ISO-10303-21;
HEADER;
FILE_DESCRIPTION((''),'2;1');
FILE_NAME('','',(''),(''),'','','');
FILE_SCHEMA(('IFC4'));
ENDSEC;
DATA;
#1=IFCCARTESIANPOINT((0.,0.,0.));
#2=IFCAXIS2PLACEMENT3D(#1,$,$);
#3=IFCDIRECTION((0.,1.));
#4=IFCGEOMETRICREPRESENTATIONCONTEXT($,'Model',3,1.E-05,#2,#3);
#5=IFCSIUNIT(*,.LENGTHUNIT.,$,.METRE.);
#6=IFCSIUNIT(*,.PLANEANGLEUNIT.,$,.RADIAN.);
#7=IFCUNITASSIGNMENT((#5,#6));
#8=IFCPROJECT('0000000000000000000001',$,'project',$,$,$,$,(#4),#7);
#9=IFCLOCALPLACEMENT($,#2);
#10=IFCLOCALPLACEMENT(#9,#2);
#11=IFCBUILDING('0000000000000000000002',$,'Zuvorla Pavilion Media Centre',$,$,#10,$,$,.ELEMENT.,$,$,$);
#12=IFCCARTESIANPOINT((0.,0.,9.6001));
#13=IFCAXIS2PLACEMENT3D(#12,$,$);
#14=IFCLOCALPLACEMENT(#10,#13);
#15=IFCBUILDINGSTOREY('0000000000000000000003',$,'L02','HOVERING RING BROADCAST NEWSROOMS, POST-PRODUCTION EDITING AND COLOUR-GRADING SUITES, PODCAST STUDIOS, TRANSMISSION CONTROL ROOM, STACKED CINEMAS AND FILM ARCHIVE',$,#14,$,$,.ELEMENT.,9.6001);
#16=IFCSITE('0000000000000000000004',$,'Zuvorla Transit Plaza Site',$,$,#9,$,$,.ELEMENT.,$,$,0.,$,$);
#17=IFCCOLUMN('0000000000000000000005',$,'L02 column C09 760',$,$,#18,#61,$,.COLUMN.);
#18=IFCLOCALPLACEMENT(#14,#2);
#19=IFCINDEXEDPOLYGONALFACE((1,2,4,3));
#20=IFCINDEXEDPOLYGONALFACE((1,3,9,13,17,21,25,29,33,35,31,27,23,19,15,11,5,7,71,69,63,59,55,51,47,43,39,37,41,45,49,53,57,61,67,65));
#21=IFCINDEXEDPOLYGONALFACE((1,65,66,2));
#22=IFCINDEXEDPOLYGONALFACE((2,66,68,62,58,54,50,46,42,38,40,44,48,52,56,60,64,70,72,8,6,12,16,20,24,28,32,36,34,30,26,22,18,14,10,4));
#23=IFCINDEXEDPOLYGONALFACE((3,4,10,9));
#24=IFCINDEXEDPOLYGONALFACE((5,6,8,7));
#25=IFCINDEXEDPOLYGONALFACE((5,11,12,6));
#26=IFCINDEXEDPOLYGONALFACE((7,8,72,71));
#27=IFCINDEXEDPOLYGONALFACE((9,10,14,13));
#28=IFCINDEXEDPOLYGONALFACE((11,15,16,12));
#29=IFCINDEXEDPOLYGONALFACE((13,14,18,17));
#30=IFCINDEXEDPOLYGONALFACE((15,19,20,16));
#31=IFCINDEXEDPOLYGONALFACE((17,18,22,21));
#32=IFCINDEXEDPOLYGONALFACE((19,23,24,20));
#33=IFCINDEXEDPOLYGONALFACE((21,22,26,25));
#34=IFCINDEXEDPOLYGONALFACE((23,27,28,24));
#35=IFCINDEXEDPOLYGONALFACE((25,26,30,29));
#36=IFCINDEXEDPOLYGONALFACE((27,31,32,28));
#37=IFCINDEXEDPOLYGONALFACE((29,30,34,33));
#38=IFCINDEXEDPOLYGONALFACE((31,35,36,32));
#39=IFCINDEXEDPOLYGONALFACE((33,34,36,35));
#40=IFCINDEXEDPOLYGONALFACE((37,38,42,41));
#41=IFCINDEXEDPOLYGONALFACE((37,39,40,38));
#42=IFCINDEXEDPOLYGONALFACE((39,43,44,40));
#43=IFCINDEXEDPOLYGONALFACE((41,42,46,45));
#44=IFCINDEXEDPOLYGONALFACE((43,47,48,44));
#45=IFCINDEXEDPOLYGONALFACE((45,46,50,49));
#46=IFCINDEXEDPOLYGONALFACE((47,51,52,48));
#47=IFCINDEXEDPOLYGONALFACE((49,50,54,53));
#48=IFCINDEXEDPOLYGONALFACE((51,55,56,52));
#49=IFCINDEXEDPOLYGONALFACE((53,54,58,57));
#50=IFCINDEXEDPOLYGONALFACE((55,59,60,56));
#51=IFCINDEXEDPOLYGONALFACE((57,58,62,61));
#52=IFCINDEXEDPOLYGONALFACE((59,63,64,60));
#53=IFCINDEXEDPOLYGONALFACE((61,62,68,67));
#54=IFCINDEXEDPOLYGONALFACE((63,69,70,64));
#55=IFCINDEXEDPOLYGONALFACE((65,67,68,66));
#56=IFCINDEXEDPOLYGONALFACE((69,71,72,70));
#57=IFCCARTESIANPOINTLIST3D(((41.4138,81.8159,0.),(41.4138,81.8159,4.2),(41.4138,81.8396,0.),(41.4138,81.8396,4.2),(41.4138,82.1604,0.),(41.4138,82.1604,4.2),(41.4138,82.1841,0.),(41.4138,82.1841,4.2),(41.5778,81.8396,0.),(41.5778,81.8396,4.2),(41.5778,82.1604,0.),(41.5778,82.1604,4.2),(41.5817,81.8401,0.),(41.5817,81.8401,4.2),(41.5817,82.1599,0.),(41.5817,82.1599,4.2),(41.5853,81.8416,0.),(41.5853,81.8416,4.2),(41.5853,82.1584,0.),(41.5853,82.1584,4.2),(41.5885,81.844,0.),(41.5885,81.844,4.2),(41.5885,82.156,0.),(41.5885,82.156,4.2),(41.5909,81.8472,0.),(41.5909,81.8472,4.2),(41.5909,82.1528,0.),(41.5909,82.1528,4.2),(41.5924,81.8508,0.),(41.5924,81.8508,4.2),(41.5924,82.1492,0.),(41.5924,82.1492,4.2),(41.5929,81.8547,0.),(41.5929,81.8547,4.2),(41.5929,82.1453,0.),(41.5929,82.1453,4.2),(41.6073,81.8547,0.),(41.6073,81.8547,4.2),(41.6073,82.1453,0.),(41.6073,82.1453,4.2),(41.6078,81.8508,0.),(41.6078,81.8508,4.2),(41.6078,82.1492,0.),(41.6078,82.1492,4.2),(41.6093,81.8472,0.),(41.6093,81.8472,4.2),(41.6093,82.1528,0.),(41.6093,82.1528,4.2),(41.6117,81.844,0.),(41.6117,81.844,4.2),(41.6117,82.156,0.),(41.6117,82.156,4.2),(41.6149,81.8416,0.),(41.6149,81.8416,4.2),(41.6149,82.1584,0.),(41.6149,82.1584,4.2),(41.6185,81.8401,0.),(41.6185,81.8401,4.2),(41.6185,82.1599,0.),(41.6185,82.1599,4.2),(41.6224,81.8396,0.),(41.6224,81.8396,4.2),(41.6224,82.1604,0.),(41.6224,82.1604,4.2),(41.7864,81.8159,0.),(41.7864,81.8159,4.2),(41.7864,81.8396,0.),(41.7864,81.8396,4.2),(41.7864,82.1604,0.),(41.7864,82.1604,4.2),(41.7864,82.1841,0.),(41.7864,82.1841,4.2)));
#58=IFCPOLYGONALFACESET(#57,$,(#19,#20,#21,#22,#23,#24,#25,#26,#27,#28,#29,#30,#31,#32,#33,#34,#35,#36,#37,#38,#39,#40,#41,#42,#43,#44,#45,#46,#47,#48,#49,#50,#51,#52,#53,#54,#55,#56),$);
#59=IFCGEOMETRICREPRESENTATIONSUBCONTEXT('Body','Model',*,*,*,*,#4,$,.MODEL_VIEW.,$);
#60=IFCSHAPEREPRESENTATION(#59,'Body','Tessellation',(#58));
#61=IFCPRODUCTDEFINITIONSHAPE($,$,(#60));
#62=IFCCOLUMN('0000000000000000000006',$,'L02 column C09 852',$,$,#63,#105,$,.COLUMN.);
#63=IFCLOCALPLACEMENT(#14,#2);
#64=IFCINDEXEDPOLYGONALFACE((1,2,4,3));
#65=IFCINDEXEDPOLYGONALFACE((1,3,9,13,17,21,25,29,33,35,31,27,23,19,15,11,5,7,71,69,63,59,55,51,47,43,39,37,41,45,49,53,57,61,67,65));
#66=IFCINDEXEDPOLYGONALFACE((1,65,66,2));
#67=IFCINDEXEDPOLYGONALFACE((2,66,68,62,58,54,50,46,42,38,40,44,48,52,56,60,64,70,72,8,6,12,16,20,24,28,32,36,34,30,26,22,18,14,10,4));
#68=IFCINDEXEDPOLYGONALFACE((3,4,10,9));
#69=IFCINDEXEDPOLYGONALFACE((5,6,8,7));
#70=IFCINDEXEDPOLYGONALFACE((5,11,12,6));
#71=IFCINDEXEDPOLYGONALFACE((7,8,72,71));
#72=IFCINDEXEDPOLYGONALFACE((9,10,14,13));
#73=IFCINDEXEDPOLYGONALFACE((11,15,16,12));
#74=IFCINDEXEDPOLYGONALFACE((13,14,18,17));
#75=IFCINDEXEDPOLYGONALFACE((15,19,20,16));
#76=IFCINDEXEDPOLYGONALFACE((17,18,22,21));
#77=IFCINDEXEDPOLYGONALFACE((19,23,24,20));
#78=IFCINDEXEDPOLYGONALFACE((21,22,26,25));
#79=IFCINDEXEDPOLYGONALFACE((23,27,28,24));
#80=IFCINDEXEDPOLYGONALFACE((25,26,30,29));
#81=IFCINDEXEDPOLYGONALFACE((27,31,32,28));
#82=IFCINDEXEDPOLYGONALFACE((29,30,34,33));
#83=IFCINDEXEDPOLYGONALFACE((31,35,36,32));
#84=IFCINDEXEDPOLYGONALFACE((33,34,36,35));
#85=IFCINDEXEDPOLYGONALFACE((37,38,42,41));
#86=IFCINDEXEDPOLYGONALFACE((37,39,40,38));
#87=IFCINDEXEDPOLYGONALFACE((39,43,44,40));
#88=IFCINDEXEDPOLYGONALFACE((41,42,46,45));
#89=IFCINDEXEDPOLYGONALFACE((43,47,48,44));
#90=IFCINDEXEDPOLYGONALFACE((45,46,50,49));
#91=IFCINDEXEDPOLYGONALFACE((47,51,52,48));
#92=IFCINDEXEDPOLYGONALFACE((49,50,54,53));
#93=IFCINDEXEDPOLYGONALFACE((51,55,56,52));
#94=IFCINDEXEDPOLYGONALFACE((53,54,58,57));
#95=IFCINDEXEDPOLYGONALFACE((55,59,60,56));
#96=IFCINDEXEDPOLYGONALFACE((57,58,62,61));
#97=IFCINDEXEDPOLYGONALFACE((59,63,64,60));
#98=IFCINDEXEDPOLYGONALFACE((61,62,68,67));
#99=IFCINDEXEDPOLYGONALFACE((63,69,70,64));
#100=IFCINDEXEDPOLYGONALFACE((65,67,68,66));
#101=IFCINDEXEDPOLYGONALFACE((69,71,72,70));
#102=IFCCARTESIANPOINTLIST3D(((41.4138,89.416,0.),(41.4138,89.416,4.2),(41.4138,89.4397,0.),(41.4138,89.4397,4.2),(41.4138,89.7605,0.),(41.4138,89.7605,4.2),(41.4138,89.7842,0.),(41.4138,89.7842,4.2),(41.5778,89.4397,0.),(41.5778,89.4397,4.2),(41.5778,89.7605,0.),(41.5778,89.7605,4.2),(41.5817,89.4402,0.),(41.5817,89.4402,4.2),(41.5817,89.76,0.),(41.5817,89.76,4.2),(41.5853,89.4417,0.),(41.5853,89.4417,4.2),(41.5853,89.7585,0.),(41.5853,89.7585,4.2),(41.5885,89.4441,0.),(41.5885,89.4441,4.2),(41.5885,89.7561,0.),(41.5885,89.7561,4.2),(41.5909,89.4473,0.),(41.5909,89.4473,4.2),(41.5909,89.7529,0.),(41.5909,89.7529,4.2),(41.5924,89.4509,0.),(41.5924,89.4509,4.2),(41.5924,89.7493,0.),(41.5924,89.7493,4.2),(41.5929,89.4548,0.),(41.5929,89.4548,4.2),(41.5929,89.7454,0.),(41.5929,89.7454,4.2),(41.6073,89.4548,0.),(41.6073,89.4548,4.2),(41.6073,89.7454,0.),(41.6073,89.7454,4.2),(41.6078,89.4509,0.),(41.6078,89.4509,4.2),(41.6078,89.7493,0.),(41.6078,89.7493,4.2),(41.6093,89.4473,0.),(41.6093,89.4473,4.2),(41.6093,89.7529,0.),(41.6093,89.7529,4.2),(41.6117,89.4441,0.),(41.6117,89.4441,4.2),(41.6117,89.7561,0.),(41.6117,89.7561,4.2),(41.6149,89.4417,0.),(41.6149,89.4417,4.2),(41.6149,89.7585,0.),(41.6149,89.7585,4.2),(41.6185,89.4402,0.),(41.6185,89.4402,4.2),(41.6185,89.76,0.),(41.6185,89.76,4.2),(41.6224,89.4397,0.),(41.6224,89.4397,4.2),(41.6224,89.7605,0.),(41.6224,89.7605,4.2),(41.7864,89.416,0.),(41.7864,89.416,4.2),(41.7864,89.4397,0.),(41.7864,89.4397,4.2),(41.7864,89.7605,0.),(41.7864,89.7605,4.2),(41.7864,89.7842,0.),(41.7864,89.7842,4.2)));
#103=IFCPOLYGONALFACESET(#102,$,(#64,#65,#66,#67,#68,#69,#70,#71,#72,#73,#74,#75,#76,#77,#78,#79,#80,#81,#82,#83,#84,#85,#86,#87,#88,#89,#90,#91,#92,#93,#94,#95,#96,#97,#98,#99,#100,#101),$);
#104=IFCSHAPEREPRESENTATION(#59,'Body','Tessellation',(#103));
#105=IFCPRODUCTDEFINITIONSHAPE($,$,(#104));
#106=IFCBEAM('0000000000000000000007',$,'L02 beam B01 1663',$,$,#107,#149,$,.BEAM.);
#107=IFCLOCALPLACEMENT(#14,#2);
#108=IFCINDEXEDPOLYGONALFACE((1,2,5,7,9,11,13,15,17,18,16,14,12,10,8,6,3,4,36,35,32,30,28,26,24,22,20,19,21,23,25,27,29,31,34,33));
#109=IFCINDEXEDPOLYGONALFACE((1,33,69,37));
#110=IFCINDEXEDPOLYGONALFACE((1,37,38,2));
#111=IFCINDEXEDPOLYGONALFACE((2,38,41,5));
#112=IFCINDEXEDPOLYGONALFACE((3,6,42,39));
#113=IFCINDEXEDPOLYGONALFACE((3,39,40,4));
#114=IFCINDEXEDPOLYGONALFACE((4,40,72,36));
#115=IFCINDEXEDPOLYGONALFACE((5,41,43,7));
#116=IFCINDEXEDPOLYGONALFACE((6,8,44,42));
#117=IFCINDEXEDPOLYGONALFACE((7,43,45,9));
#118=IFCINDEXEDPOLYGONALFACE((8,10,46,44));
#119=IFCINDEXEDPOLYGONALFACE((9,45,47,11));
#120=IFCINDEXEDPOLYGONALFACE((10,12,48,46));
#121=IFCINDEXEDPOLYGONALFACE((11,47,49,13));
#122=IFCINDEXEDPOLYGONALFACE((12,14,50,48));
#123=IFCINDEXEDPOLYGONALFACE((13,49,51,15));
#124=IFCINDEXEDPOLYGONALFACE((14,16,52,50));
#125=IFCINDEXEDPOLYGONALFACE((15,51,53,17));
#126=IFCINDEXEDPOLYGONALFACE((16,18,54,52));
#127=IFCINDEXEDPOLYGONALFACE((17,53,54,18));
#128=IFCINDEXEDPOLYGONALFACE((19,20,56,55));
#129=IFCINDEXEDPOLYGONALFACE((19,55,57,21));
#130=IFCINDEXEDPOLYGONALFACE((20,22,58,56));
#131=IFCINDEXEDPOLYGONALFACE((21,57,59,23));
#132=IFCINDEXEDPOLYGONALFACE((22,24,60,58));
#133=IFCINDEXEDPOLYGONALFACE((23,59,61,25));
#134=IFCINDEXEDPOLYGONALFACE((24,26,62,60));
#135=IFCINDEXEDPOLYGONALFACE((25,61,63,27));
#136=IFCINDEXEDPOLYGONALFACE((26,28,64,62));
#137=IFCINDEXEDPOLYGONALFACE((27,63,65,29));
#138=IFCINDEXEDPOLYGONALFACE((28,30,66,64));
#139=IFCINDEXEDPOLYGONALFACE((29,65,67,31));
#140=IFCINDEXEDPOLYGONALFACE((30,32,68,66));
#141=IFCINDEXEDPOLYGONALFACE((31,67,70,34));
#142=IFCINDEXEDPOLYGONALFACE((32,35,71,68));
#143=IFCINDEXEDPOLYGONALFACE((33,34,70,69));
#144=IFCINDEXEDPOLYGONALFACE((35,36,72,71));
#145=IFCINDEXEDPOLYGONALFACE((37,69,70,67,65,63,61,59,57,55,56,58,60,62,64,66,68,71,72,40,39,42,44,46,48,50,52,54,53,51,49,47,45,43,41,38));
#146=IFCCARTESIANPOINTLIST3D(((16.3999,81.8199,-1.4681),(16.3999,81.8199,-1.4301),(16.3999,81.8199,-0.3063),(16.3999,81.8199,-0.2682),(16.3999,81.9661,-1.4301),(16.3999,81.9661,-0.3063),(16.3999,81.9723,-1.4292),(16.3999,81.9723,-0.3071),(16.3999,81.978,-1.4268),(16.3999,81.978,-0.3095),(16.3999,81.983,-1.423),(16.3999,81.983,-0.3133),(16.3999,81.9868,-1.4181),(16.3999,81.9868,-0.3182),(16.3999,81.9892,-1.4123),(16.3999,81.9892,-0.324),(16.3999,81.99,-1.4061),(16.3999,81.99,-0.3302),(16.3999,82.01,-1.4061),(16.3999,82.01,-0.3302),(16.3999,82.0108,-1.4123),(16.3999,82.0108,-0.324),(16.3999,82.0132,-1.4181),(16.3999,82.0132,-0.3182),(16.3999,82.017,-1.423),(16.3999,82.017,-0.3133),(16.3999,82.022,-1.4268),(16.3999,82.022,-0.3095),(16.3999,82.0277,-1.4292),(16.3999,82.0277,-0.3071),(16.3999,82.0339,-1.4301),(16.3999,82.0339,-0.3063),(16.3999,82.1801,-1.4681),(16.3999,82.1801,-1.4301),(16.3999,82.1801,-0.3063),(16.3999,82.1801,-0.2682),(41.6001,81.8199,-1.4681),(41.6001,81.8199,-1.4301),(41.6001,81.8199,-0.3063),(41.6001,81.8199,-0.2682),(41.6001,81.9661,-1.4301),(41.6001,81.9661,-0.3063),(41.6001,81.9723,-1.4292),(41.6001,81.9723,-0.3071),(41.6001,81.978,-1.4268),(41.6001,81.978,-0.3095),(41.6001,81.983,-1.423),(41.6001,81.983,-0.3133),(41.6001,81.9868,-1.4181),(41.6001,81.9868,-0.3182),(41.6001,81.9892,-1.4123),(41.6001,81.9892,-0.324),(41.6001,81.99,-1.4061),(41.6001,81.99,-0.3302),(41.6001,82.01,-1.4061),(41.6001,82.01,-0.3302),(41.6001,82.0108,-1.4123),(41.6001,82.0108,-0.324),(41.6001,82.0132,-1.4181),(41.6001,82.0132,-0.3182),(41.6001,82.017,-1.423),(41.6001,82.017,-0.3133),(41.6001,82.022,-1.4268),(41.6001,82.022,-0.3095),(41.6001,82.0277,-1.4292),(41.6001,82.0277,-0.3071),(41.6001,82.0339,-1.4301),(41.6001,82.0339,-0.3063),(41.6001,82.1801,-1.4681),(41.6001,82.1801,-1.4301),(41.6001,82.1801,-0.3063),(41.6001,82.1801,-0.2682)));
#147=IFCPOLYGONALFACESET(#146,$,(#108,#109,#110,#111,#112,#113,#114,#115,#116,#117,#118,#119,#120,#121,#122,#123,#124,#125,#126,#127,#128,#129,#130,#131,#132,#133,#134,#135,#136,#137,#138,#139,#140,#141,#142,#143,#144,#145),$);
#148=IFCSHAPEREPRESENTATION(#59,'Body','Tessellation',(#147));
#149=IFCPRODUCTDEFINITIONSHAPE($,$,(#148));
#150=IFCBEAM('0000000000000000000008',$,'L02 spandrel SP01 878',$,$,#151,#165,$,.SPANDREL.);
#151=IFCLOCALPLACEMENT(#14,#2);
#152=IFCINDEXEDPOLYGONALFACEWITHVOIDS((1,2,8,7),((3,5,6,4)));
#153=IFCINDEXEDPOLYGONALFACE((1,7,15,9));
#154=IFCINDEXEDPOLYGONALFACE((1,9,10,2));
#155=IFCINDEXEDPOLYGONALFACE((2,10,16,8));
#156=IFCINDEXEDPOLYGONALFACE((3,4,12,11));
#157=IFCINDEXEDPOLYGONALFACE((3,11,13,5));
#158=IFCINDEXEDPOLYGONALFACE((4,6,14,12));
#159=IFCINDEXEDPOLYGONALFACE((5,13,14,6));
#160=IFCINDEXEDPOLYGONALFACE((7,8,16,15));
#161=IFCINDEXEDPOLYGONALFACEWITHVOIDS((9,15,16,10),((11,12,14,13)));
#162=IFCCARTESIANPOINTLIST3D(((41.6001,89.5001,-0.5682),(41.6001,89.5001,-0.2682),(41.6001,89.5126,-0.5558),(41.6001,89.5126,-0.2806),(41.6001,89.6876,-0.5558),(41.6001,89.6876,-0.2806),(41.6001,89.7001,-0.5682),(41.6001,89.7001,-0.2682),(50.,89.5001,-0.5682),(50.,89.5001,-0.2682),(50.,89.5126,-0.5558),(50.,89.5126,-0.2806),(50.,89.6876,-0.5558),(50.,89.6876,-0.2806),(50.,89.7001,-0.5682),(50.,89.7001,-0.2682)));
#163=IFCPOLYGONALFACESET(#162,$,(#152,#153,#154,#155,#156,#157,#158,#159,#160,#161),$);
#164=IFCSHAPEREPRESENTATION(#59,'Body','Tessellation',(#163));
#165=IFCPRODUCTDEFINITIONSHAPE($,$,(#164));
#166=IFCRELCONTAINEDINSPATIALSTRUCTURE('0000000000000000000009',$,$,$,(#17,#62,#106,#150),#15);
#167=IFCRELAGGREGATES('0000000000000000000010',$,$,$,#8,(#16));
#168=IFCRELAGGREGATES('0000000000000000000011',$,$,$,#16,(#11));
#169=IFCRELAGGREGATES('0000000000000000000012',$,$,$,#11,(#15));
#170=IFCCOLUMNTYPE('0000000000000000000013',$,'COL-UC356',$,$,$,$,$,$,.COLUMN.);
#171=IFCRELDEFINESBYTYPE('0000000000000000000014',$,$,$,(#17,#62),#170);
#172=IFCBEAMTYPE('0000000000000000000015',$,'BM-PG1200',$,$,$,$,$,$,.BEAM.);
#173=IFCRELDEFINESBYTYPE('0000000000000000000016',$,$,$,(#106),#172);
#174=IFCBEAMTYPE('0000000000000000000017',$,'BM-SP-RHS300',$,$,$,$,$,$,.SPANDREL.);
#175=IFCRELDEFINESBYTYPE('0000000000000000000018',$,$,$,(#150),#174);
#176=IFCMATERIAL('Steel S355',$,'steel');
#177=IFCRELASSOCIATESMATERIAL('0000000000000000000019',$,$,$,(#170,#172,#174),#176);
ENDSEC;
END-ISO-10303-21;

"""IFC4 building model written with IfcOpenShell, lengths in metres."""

from ifc_helpers import new_model, si_unit, direction, frame, origin, origin_2d, place, context, subcontext, project, spatial, hollow_rectangle, i_section, extrude, material, material_profile, profile_set, type_object, element, save


model = new_model("IFC4")

# Units and contexts
model_context = context("Model", 3, precision=1e-05, world=origin(), true_north=direction((0.0, 1.0)))
body_context = subcontext(model_context, "Body", "Model", "MODEL_VIEW")
ifc_project = project(units=[si_unit("LENGTHUNIT", "METRE"), si_unit("PLANEANGLEUNIT", "RADIAN")], contexts=[model_context])

# Site, building, storey
site_placement = place(None, origin())
site = spatial("IfcSite", under=ifc_project, at=site_placement, Name="Zuvorla Transit Plaza Site", CompositionType="ELEMENT", RefElevation=0.0)
building_placement = place(site_placement, origin())
building = spatial("IfcBuilding", under=site, at=building_placement, Name="Zuvorla Pavilion Media Centre", CompositionType="ELEMENT")
storey_placement = place(building_placement, frame((0.0, 0.0, 9.6001)))
storey = spatial("IfcBuildingStorey", under=building, at=storey_placement, Name="L02", Description="HOVERING RING BROADCAST NEWSROOMS, POST-PRODUCTION EDITING AND COLOUR-GRADING SUITES, PODCAST STUDIOS, TRANSMISSION CONTROL ROOM, STACKED CINEMAS AND FILM ARCHIVE", CompositionType="ELEMENT", Elevation=9.6001)

# Columns
ifc_material_1 = material(Name="Steel S355", Category="steel")
ifc_material_profile_1 = material_profile(ifc_material_1, i_section(OverallWidth=0.3726, OverallDepth=0.3682, WebThickness=0.0144, FlangeThickness=0.0237, FilletRadius=0.0151, at=origin_2d()), Name="UC 356x368x177")
ifc_profile_set_1 = profile_set([ifc_material_profile_1], Name="Steel S355")
column_type = type_object("IfcColumnType", Name="COL-UC356", PredefinedType="COLUMN", material=ifc_profile_set_1)
for number, where, z_axis, x_axis, name in (
    (1, (41.6001, 82.0, 0.0), (0.0, 0.0, 1.0), (1.0, 0.0, 0.0), "L02 column C09 760"),
    (2, (41.6001, 89.6001, 0.0), (0.0, 0.0, 1.0), (1.0, 0.0, 0.0), "L02 column C09 852"),
):
    element("IfcColumn", number, at=place(storey_placement, frame(where, z_axis=z_axis, x_axis=x_axis)), inside=storey, type_object=column_type, Name=name, PredefinedType="COLUMN", context=body_context, shape_type="SweptSolid", body=[
        extrude(i_section(OverallWidth=0.3726, OverallDepth=0.3682, WebThickness=0.0144, FlangeThickness=0.0237, FilletRadius=0.0151, at=origin_2d()), origin(), (0.0, 0.0, 1.0), 4.2),
    ])

# Beams
ifc_material_profile_2 = material_profile(ifc_material_1, i_section(OverallWidth=0.3601, OverallDepth=1.2, WebThickness=0.02, FlangeThickness=0.0381, FilletRadius=0.0239, at=origin_2d()), Name="PG 1200x360x38")
ifc_profile_set_2 = profile_set([ifc_material_profile_2], Name="Steel S355")
beam_type_1 = type_object("IfcBeamType", Name="BM-PG1200", PredefinedType="BEAM", material=ifc_profile_set_2)
beam_1_placement = place(storey_placement, frame((41.6001, 82.0, -0.8682), z_axis=(-1.0, 0.0, 0.0), x_axis=(0.0, -1.0, 0.0)))
element("IfcBeam", 3, at=beam_1_placement, inside=storey, type_object=beam_type_1, Name="L02 beam B01 1663", PredefinedType="BEAM", context=body_context, shape_type="SweptSolid", body=[
    extrude(i_section(OverallWidth=0.3601, OverallDepth=1.2, WebThickness=0.02, FlangeThickness=0.0381, FilletRadius=0.0239, at=origin_2d()), origin(), (0.0, 0.0, 1.0), 25.2002),
])
ifc_material_profile_3 = material_profile(ifc_material_1, hollow_rectangle(XDim=0.2, YDim=0.3, WallThickness=0.0125, at=origin_2d()), Name="RHS 300x200x12.5")
ifc_profile_set_3 = profile_set([ifc_material_profile_3], Name="Steel S355")
beam_type_2 = type_object("IfcBeamType", Name="BM-SP-RHS300", PredefinedType="SPANDREL", material=ifc_profile_set_3)
beam_2_placement = place(storey_placement, frame((41.6001, 89.6001, -0.4182), z_axis=(1.0, 0.0, 0.0), x_axis=(0.0, 1.0, 0.0)))
element("IfcBeam", 4, at=beam_2_placement, inside=storey, type_object=beam_type_2, Name="L02 spandrel SP01 878", PredefinedType="SPANDREL", context=body_context, shape_type="SweptSolid", body=[
    extrude(hollow_rectangle(XDim=0.2, YDim=0.3, WallThickness=0.0125, at=origin_2d()), origin(), (0.0, 0.0, 1.0), 8.3999),
])

save(model, "model.ifc")
